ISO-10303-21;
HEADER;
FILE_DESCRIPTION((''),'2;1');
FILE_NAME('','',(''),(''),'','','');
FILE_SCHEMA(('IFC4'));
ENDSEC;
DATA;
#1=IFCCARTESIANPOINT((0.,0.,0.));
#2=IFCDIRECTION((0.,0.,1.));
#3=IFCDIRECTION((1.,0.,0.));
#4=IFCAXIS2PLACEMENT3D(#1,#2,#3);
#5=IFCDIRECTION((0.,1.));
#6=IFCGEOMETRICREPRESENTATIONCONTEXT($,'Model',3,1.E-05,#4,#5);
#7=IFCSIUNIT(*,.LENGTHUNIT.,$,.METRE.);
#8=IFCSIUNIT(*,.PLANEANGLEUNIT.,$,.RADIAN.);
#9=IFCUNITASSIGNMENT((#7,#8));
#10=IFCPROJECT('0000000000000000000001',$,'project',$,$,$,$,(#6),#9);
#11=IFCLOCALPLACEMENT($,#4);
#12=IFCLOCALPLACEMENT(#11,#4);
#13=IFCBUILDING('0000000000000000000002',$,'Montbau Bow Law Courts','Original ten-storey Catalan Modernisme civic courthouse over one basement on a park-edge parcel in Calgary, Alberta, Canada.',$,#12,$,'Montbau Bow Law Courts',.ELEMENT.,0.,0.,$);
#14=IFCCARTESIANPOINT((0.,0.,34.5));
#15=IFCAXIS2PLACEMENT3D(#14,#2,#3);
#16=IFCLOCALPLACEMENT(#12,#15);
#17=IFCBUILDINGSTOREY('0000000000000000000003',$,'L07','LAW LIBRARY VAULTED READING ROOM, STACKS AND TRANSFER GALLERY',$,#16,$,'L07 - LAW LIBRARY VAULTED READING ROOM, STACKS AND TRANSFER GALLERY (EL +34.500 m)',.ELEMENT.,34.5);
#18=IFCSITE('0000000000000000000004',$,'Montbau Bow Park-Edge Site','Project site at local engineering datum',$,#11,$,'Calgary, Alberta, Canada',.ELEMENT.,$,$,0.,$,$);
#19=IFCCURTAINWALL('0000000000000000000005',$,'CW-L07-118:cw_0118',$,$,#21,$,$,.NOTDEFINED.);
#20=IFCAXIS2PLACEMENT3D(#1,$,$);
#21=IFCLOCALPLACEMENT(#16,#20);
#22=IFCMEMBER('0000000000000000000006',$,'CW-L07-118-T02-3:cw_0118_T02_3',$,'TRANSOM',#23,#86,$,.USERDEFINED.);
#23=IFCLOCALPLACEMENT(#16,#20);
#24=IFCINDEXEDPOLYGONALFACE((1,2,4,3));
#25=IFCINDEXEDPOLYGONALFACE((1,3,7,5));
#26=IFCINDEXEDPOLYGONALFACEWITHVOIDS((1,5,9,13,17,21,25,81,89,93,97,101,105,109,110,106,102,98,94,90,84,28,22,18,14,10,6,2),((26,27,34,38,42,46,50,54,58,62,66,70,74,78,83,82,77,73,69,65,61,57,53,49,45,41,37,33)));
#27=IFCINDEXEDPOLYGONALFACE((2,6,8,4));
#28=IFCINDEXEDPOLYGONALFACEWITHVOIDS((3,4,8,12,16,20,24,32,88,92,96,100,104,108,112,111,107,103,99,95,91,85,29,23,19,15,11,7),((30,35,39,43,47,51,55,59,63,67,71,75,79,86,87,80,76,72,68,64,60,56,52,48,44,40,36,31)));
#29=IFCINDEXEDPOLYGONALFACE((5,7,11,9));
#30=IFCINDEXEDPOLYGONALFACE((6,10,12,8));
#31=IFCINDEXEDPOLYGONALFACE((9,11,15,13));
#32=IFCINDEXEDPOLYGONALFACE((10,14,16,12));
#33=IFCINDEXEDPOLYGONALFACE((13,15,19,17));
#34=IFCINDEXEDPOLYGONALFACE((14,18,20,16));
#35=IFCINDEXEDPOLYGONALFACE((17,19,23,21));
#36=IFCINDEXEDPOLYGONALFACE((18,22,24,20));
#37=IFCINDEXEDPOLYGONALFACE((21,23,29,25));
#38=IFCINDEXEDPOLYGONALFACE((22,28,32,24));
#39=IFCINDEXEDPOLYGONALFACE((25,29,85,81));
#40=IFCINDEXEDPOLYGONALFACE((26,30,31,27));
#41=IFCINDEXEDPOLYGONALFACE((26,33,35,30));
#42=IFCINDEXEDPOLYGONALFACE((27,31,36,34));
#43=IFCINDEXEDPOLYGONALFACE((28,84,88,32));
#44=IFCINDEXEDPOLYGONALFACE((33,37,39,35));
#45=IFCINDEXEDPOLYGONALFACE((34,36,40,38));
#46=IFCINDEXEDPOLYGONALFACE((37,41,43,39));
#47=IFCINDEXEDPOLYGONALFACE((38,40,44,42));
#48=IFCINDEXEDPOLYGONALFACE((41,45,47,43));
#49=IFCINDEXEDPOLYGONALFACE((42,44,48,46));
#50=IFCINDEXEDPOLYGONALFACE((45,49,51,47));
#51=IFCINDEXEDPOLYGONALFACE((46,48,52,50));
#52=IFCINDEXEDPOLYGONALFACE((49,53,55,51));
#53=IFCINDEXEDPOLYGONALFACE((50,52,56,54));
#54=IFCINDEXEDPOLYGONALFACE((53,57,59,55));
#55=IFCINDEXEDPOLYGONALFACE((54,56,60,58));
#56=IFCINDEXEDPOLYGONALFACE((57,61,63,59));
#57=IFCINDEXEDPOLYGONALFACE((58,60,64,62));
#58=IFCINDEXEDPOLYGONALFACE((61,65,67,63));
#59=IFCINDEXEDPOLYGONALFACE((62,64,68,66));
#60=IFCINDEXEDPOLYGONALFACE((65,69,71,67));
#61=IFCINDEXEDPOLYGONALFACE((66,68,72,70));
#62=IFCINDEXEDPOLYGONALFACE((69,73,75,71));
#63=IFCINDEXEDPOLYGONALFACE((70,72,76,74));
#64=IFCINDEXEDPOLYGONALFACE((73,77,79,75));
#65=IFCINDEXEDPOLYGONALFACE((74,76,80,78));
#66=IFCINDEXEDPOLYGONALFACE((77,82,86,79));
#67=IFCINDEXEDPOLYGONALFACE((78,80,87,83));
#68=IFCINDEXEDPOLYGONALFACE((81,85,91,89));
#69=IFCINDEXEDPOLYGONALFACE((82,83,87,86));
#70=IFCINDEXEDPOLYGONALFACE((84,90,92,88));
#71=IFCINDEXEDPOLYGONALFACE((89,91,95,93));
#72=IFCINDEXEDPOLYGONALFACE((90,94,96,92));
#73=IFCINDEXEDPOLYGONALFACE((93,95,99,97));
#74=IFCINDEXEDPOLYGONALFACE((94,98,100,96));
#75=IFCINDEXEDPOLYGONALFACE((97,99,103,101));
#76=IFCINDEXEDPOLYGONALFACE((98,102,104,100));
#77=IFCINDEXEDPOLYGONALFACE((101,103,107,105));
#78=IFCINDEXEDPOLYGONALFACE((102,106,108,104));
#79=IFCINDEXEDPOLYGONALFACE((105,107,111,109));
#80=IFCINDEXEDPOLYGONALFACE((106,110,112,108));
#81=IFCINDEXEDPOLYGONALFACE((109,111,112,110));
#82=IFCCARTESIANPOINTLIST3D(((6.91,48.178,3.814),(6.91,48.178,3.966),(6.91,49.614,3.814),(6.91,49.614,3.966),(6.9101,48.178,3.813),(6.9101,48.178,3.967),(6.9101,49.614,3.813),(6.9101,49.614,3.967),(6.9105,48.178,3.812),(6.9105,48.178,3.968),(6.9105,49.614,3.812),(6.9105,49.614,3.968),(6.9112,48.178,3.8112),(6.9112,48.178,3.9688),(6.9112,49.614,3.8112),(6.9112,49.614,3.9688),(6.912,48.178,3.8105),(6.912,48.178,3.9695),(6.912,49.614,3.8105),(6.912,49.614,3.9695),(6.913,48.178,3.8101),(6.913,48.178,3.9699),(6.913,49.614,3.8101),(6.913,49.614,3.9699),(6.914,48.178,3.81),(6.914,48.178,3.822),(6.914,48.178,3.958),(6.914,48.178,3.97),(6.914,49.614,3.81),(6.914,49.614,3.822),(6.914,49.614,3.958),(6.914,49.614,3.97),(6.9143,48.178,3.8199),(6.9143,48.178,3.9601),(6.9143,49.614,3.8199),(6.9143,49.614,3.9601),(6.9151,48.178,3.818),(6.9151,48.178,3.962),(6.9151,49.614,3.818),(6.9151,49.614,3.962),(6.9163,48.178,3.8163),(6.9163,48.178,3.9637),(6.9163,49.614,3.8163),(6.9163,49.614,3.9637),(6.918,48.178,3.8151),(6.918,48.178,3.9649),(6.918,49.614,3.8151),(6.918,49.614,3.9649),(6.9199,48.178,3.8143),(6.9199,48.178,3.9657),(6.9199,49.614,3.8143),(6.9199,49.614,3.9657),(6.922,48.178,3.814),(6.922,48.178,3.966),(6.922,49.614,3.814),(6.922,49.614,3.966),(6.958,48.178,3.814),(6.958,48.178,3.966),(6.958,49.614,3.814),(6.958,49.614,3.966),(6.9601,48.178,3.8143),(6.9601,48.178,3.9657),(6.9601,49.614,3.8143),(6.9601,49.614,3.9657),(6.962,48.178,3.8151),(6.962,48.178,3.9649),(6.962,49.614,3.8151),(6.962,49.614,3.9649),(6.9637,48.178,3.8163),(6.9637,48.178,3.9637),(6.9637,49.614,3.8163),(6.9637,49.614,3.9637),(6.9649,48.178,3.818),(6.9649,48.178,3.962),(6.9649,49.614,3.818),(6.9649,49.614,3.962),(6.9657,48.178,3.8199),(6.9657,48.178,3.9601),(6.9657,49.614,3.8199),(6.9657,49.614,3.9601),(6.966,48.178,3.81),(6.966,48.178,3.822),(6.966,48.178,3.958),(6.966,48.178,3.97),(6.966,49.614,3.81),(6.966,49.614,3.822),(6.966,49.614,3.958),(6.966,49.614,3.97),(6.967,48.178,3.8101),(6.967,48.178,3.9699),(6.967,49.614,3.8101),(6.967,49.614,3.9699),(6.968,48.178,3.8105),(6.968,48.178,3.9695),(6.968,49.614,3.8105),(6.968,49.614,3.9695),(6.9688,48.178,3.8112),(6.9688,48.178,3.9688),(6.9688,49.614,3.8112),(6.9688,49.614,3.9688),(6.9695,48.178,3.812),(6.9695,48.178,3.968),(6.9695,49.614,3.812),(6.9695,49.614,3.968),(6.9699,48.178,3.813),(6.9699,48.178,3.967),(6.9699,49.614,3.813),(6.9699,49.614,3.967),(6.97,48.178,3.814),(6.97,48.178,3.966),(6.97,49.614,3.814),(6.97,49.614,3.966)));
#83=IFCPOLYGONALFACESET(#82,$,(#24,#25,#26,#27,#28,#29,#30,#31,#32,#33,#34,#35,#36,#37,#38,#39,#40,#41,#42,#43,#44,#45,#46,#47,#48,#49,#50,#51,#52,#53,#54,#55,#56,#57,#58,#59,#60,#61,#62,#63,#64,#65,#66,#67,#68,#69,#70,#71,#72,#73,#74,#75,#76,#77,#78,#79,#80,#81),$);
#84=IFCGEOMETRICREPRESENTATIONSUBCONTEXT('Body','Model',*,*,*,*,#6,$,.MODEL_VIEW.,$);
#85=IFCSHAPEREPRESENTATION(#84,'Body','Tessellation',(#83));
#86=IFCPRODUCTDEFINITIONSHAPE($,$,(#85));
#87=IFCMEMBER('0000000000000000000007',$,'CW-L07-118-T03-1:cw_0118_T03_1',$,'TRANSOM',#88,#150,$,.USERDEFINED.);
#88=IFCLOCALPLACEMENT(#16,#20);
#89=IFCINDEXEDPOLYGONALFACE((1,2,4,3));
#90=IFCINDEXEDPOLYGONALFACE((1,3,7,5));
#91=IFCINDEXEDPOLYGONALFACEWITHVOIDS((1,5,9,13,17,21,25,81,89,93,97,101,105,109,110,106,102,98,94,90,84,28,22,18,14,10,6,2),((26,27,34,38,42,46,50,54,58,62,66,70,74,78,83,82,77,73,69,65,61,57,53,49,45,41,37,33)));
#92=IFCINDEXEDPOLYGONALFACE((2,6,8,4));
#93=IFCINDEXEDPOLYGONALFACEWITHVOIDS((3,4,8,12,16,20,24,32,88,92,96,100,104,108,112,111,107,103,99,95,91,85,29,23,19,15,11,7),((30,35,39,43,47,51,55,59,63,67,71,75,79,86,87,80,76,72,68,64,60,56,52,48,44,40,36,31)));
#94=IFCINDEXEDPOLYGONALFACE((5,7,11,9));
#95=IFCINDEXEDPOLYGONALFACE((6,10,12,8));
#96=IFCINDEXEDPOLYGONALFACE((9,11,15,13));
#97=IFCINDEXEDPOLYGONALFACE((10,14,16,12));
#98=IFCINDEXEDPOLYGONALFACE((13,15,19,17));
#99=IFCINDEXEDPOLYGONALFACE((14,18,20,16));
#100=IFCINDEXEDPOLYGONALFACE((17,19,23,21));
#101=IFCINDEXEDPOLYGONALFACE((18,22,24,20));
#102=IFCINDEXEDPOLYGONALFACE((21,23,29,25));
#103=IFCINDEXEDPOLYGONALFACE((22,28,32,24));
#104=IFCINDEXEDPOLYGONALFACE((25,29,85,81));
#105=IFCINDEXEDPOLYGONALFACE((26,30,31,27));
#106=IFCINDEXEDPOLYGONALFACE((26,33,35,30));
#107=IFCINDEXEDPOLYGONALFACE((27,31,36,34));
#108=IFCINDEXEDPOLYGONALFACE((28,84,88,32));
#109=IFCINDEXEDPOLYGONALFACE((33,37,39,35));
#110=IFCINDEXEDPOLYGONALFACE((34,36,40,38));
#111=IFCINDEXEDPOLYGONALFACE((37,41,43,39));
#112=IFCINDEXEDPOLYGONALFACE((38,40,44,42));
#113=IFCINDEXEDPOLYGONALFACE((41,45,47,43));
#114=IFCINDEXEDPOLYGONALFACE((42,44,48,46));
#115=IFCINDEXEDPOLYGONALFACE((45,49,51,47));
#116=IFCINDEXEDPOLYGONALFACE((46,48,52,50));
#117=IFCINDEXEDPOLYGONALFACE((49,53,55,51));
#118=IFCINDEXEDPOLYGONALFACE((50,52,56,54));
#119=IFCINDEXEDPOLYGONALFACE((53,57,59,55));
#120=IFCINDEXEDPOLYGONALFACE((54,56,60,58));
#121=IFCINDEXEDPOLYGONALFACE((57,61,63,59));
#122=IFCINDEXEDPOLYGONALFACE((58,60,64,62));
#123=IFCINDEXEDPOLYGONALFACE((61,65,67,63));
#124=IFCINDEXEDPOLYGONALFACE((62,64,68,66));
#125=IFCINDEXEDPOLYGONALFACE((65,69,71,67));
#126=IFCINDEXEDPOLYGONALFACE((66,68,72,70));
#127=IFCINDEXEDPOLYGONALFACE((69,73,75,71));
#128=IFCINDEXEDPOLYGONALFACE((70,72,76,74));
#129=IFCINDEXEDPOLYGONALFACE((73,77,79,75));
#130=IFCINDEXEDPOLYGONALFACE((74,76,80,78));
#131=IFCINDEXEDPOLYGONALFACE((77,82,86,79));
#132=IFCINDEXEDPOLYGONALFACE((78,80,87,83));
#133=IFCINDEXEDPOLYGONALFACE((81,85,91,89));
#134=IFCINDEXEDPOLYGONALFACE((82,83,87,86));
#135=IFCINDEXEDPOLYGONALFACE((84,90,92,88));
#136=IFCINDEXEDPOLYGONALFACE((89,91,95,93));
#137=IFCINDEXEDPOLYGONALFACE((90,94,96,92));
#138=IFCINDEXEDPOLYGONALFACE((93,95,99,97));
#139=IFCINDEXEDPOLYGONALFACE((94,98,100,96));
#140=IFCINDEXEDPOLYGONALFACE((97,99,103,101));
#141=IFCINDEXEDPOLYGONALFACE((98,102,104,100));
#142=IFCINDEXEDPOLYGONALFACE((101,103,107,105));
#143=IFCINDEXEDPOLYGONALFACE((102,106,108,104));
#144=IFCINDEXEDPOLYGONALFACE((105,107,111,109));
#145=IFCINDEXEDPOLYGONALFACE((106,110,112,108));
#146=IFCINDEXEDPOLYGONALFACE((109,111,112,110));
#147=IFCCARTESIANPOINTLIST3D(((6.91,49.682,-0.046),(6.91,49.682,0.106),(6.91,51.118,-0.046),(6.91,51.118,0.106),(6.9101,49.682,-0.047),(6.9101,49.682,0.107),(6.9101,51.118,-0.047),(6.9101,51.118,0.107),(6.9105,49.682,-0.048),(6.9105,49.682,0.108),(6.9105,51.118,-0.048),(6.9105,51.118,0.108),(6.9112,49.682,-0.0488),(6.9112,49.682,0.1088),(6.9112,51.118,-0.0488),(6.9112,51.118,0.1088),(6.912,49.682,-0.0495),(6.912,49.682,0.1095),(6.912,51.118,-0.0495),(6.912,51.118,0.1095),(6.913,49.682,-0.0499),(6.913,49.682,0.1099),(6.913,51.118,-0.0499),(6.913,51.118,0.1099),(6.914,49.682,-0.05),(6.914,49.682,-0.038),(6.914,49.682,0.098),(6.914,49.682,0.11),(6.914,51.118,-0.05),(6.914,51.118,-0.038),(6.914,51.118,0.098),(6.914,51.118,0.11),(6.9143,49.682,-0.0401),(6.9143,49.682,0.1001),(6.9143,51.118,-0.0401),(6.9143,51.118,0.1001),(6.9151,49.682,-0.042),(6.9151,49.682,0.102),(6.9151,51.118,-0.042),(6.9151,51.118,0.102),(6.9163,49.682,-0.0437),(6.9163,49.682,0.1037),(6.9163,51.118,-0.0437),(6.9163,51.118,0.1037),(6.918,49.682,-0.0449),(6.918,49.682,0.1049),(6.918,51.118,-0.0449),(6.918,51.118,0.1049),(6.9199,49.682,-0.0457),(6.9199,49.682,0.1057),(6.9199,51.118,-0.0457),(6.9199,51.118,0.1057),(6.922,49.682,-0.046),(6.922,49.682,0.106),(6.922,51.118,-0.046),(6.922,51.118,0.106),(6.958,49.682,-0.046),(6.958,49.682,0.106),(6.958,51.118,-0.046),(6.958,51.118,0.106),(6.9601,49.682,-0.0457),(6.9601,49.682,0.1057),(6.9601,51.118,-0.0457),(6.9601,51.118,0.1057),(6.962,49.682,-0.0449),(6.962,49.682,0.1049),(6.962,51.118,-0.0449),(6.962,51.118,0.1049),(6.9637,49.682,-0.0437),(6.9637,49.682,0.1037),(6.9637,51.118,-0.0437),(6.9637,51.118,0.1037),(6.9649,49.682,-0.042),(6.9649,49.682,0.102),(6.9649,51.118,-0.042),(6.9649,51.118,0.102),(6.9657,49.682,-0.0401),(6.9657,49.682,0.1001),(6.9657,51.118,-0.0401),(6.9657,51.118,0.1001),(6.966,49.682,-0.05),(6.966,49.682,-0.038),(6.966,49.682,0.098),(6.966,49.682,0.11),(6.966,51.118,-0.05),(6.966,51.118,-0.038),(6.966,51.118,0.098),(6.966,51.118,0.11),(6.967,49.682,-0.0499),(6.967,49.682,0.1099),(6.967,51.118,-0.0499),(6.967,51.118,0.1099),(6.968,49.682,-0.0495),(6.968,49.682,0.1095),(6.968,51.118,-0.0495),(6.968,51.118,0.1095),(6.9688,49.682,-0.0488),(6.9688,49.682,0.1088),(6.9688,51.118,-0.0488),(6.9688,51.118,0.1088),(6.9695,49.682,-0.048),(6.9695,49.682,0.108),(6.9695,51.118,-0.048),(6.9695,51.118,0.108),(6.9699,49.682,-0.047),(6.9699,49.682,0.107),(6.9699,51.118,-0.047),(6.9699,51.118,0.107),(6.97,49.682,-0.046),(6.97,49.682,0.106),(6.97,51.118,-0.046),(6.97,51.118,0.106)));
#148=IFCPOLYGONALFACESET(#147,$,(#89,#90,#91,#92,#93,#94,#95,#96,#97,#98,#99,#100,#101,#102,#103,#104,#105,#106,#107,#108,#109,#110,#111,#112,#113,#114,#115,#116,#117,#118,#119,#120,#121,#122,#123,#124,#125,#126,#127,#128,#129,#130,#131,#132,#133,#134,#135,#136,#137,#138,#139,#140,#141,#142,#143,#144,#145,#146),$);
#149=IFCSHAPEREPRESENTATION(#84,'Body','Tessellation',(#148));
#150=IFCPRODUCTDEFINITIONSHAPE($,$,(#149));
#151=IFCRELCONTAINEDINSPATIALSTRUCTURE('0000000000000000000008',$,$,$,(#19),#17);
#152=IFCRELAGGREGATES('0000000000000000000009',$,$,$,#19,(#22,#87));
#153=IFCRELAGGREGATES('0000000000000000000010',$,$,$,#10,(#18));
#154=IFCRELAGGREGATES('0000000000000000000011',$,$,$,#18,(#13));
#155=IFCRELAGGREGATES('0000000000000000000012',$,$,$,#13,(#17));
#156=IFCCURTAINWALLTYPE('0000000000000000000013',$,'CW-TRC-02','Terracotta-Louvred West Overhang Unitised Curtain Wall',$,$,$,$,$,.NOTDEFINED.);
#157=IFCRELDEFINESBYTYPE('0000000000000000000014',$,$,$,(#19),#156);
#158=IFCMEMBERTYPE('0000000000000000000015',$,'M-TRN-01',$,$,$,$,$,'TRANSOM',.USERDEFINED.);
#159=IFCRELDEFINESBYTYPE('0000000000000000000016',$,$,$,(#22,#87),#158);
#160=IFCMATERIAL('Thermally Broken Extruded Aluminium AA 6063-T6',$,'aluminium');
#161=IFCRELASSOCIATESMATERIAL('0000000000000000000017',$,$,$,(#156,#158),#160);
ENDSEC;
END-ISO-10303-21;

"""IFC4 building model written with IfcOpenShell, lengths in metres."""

from ifc_helpers import new_model, si_unit, direction, frame, origin_with_axes, origin_2d_with_axis, place, context, subcontext, project, spatial, hollow_rectangle, extrude, material, material_profile, profile_set, type_object, element, aggregate, save


model = new_model("IFC4")

# Units and contexts
model_context = context("Model", 3, precision=1e-05, world=origin_with_axes(), true_north=direction((0.0, 1.0)))
body_context = subcontext(model_context, "Body", "Model", "MODEL_VIEW")
ifc_project = project(units=[si_unit("LENGTHUNIT", "METRE"), si_unit("PLANEANGLEUNIT", "RADIAN")], contexts=[model_context])

# Site, building, storey
site_placement = place(None, origin_with_axes())
site = spatial("IfcSite", under=ifc_project, at=site_placement, Name="Montbau Bow Park-Edge Site", Description="Project site at local engineering datum", LongName="Calgary, Alberta, Canada", CompositionType="ELEMENT", RefElevation=0.0)
building_placement = place(site_placement, origin_with_axes())
building = spatial("IfcBuilding", under=site, at=building_placement, Name="Montbau Bow Law Courts", Description="Original ten-storey Catalan Modernisme civic courthouse over one basement on a park-edge parcel in Calgary, Alberta, Canada.", LongName="Montbau Bow Law Courts", CompositionType="ELEMENT", ElevationOfRefHeight=0.0, ElevationOfTerrain=0.0)
storey_placement = place(building_placement, frame((0.0, 0.0, 34.5), z_axis=(0.0, 0.0, 1.0), x_axis=(1.0, 0.0, 0.0)))
storey = spatial("IfcBuildingStorey", under=building, at=storey_placement, Name="L07", Description="LAW LIBRARY VAULTED READING ROOM, STACKS AND TRANSFER GALLERY", LongName="L07 - LAW LIBRARY VAULTED READING ROOM, STACKS AND TRANSFER GALLERY (EL +34.500 m)", CompositionType="ELEMENT", Elevation=34.5)

# Curtain wall, members
ifc_material_1 = material(Name="Thermally Broken Extruded Aluminium AA 6063-T6", Category="aluminium")
curtain_wall_type = type_object("IfcCurtainWallType", Name="CW-TRC-02", Description="Terracotta-Louvred West Overhang Unitised Curtain Wall", PredefinedType="NOTDEFINED", material=ifc_material_1)
curtain_wall_placement = place(None, frame((6.94, 46.64, 34.5), z_axis=(0.0, 0.0, 1.0), x_axis=(1.0, 0.0, 0.0)))
curtain_wall = element("IfcCurtainWall", 1, at=curtain_wall_placement, inside=storey, type_object=curtain_wall_type, Name="CW-L07-118:cw_0118", PredefinedType="NOTDEFINED")
ifc_material_profile_1 = material_profile(ifc_material_1, hollow_rectangle(XDim=0.06, YDim=0.16, WallThickness=0.004, InnerFilletRadius=0.008, OuterFilletRadius=0.004, at=origin_2d_with_axis()), Name="CWT-160X60", Category="Main", Priority=0)
ifc_profile_set_1 = profile_set([ifc_material_profile_1], Name="Thermally Broken Extruded Aluminium AA 6063-T6")
member_type_1 = type_object("IfcMemberType", Name="M-TRN-01", ElementType="TRANSOM", PredefinedType="USERDEFINED", material=ifc_profile_set_1)
member_1_placement = place(None, frame((6.94, 48.178, 38.39), z_axis=(0.0, 1.0, 0.0), x_axis=(-1.0, 0.0, 0.0)))
member_1 = element("IfcMember", 2, at=member_1_placement, type_object=member_type_1, Name="CW-L07-118-T02-3:cw_0118_T02_3", ObjectType="TRANSOM", PredefinedType="USERDEFINED", context=body_context, shape_type="SweptSolid", body=[
    extrude(hollow_rectangle(XDim=0.06, YDim=0.16, WallThickness=0.004, InnerFilletRadius=0.008, OuterFilletRadius=0.004, at=origin_2d_with_axis()), origin_with_axes(), (0.0, 0.0, 1.0), 1.436),
])
member_2_placement = place(None, frame((6.94, 49.682, 34.53), z_axis=(0.0, 1.0, 0.0), x_axis=(-1.0, 0.0, 0.0)))
member_2 = element("IfcMember", 3, at=member_2_placement, type_object=member_type_1, Name="CW-L07-118-T03-1:cw_0118_T03_1", ObjectType="TRANSOM", PredefinedType="USERDEFINED", context=body_context, shape_type="SweptSolid", body=[
    extrude(hollow_rectangle(XDim=0.06, YDim=0.16, WallThickness=0.004, InnerFilletRadius=0.008, OuterFilletRadius=0.004, at=origin_2d_with_axis()), origin_with_axes(), (0.0, 0.0, 1.0), 1.436),
])
aggregate(curtain_wall, [member_1, member_2])

save(model, "model.ifc")
